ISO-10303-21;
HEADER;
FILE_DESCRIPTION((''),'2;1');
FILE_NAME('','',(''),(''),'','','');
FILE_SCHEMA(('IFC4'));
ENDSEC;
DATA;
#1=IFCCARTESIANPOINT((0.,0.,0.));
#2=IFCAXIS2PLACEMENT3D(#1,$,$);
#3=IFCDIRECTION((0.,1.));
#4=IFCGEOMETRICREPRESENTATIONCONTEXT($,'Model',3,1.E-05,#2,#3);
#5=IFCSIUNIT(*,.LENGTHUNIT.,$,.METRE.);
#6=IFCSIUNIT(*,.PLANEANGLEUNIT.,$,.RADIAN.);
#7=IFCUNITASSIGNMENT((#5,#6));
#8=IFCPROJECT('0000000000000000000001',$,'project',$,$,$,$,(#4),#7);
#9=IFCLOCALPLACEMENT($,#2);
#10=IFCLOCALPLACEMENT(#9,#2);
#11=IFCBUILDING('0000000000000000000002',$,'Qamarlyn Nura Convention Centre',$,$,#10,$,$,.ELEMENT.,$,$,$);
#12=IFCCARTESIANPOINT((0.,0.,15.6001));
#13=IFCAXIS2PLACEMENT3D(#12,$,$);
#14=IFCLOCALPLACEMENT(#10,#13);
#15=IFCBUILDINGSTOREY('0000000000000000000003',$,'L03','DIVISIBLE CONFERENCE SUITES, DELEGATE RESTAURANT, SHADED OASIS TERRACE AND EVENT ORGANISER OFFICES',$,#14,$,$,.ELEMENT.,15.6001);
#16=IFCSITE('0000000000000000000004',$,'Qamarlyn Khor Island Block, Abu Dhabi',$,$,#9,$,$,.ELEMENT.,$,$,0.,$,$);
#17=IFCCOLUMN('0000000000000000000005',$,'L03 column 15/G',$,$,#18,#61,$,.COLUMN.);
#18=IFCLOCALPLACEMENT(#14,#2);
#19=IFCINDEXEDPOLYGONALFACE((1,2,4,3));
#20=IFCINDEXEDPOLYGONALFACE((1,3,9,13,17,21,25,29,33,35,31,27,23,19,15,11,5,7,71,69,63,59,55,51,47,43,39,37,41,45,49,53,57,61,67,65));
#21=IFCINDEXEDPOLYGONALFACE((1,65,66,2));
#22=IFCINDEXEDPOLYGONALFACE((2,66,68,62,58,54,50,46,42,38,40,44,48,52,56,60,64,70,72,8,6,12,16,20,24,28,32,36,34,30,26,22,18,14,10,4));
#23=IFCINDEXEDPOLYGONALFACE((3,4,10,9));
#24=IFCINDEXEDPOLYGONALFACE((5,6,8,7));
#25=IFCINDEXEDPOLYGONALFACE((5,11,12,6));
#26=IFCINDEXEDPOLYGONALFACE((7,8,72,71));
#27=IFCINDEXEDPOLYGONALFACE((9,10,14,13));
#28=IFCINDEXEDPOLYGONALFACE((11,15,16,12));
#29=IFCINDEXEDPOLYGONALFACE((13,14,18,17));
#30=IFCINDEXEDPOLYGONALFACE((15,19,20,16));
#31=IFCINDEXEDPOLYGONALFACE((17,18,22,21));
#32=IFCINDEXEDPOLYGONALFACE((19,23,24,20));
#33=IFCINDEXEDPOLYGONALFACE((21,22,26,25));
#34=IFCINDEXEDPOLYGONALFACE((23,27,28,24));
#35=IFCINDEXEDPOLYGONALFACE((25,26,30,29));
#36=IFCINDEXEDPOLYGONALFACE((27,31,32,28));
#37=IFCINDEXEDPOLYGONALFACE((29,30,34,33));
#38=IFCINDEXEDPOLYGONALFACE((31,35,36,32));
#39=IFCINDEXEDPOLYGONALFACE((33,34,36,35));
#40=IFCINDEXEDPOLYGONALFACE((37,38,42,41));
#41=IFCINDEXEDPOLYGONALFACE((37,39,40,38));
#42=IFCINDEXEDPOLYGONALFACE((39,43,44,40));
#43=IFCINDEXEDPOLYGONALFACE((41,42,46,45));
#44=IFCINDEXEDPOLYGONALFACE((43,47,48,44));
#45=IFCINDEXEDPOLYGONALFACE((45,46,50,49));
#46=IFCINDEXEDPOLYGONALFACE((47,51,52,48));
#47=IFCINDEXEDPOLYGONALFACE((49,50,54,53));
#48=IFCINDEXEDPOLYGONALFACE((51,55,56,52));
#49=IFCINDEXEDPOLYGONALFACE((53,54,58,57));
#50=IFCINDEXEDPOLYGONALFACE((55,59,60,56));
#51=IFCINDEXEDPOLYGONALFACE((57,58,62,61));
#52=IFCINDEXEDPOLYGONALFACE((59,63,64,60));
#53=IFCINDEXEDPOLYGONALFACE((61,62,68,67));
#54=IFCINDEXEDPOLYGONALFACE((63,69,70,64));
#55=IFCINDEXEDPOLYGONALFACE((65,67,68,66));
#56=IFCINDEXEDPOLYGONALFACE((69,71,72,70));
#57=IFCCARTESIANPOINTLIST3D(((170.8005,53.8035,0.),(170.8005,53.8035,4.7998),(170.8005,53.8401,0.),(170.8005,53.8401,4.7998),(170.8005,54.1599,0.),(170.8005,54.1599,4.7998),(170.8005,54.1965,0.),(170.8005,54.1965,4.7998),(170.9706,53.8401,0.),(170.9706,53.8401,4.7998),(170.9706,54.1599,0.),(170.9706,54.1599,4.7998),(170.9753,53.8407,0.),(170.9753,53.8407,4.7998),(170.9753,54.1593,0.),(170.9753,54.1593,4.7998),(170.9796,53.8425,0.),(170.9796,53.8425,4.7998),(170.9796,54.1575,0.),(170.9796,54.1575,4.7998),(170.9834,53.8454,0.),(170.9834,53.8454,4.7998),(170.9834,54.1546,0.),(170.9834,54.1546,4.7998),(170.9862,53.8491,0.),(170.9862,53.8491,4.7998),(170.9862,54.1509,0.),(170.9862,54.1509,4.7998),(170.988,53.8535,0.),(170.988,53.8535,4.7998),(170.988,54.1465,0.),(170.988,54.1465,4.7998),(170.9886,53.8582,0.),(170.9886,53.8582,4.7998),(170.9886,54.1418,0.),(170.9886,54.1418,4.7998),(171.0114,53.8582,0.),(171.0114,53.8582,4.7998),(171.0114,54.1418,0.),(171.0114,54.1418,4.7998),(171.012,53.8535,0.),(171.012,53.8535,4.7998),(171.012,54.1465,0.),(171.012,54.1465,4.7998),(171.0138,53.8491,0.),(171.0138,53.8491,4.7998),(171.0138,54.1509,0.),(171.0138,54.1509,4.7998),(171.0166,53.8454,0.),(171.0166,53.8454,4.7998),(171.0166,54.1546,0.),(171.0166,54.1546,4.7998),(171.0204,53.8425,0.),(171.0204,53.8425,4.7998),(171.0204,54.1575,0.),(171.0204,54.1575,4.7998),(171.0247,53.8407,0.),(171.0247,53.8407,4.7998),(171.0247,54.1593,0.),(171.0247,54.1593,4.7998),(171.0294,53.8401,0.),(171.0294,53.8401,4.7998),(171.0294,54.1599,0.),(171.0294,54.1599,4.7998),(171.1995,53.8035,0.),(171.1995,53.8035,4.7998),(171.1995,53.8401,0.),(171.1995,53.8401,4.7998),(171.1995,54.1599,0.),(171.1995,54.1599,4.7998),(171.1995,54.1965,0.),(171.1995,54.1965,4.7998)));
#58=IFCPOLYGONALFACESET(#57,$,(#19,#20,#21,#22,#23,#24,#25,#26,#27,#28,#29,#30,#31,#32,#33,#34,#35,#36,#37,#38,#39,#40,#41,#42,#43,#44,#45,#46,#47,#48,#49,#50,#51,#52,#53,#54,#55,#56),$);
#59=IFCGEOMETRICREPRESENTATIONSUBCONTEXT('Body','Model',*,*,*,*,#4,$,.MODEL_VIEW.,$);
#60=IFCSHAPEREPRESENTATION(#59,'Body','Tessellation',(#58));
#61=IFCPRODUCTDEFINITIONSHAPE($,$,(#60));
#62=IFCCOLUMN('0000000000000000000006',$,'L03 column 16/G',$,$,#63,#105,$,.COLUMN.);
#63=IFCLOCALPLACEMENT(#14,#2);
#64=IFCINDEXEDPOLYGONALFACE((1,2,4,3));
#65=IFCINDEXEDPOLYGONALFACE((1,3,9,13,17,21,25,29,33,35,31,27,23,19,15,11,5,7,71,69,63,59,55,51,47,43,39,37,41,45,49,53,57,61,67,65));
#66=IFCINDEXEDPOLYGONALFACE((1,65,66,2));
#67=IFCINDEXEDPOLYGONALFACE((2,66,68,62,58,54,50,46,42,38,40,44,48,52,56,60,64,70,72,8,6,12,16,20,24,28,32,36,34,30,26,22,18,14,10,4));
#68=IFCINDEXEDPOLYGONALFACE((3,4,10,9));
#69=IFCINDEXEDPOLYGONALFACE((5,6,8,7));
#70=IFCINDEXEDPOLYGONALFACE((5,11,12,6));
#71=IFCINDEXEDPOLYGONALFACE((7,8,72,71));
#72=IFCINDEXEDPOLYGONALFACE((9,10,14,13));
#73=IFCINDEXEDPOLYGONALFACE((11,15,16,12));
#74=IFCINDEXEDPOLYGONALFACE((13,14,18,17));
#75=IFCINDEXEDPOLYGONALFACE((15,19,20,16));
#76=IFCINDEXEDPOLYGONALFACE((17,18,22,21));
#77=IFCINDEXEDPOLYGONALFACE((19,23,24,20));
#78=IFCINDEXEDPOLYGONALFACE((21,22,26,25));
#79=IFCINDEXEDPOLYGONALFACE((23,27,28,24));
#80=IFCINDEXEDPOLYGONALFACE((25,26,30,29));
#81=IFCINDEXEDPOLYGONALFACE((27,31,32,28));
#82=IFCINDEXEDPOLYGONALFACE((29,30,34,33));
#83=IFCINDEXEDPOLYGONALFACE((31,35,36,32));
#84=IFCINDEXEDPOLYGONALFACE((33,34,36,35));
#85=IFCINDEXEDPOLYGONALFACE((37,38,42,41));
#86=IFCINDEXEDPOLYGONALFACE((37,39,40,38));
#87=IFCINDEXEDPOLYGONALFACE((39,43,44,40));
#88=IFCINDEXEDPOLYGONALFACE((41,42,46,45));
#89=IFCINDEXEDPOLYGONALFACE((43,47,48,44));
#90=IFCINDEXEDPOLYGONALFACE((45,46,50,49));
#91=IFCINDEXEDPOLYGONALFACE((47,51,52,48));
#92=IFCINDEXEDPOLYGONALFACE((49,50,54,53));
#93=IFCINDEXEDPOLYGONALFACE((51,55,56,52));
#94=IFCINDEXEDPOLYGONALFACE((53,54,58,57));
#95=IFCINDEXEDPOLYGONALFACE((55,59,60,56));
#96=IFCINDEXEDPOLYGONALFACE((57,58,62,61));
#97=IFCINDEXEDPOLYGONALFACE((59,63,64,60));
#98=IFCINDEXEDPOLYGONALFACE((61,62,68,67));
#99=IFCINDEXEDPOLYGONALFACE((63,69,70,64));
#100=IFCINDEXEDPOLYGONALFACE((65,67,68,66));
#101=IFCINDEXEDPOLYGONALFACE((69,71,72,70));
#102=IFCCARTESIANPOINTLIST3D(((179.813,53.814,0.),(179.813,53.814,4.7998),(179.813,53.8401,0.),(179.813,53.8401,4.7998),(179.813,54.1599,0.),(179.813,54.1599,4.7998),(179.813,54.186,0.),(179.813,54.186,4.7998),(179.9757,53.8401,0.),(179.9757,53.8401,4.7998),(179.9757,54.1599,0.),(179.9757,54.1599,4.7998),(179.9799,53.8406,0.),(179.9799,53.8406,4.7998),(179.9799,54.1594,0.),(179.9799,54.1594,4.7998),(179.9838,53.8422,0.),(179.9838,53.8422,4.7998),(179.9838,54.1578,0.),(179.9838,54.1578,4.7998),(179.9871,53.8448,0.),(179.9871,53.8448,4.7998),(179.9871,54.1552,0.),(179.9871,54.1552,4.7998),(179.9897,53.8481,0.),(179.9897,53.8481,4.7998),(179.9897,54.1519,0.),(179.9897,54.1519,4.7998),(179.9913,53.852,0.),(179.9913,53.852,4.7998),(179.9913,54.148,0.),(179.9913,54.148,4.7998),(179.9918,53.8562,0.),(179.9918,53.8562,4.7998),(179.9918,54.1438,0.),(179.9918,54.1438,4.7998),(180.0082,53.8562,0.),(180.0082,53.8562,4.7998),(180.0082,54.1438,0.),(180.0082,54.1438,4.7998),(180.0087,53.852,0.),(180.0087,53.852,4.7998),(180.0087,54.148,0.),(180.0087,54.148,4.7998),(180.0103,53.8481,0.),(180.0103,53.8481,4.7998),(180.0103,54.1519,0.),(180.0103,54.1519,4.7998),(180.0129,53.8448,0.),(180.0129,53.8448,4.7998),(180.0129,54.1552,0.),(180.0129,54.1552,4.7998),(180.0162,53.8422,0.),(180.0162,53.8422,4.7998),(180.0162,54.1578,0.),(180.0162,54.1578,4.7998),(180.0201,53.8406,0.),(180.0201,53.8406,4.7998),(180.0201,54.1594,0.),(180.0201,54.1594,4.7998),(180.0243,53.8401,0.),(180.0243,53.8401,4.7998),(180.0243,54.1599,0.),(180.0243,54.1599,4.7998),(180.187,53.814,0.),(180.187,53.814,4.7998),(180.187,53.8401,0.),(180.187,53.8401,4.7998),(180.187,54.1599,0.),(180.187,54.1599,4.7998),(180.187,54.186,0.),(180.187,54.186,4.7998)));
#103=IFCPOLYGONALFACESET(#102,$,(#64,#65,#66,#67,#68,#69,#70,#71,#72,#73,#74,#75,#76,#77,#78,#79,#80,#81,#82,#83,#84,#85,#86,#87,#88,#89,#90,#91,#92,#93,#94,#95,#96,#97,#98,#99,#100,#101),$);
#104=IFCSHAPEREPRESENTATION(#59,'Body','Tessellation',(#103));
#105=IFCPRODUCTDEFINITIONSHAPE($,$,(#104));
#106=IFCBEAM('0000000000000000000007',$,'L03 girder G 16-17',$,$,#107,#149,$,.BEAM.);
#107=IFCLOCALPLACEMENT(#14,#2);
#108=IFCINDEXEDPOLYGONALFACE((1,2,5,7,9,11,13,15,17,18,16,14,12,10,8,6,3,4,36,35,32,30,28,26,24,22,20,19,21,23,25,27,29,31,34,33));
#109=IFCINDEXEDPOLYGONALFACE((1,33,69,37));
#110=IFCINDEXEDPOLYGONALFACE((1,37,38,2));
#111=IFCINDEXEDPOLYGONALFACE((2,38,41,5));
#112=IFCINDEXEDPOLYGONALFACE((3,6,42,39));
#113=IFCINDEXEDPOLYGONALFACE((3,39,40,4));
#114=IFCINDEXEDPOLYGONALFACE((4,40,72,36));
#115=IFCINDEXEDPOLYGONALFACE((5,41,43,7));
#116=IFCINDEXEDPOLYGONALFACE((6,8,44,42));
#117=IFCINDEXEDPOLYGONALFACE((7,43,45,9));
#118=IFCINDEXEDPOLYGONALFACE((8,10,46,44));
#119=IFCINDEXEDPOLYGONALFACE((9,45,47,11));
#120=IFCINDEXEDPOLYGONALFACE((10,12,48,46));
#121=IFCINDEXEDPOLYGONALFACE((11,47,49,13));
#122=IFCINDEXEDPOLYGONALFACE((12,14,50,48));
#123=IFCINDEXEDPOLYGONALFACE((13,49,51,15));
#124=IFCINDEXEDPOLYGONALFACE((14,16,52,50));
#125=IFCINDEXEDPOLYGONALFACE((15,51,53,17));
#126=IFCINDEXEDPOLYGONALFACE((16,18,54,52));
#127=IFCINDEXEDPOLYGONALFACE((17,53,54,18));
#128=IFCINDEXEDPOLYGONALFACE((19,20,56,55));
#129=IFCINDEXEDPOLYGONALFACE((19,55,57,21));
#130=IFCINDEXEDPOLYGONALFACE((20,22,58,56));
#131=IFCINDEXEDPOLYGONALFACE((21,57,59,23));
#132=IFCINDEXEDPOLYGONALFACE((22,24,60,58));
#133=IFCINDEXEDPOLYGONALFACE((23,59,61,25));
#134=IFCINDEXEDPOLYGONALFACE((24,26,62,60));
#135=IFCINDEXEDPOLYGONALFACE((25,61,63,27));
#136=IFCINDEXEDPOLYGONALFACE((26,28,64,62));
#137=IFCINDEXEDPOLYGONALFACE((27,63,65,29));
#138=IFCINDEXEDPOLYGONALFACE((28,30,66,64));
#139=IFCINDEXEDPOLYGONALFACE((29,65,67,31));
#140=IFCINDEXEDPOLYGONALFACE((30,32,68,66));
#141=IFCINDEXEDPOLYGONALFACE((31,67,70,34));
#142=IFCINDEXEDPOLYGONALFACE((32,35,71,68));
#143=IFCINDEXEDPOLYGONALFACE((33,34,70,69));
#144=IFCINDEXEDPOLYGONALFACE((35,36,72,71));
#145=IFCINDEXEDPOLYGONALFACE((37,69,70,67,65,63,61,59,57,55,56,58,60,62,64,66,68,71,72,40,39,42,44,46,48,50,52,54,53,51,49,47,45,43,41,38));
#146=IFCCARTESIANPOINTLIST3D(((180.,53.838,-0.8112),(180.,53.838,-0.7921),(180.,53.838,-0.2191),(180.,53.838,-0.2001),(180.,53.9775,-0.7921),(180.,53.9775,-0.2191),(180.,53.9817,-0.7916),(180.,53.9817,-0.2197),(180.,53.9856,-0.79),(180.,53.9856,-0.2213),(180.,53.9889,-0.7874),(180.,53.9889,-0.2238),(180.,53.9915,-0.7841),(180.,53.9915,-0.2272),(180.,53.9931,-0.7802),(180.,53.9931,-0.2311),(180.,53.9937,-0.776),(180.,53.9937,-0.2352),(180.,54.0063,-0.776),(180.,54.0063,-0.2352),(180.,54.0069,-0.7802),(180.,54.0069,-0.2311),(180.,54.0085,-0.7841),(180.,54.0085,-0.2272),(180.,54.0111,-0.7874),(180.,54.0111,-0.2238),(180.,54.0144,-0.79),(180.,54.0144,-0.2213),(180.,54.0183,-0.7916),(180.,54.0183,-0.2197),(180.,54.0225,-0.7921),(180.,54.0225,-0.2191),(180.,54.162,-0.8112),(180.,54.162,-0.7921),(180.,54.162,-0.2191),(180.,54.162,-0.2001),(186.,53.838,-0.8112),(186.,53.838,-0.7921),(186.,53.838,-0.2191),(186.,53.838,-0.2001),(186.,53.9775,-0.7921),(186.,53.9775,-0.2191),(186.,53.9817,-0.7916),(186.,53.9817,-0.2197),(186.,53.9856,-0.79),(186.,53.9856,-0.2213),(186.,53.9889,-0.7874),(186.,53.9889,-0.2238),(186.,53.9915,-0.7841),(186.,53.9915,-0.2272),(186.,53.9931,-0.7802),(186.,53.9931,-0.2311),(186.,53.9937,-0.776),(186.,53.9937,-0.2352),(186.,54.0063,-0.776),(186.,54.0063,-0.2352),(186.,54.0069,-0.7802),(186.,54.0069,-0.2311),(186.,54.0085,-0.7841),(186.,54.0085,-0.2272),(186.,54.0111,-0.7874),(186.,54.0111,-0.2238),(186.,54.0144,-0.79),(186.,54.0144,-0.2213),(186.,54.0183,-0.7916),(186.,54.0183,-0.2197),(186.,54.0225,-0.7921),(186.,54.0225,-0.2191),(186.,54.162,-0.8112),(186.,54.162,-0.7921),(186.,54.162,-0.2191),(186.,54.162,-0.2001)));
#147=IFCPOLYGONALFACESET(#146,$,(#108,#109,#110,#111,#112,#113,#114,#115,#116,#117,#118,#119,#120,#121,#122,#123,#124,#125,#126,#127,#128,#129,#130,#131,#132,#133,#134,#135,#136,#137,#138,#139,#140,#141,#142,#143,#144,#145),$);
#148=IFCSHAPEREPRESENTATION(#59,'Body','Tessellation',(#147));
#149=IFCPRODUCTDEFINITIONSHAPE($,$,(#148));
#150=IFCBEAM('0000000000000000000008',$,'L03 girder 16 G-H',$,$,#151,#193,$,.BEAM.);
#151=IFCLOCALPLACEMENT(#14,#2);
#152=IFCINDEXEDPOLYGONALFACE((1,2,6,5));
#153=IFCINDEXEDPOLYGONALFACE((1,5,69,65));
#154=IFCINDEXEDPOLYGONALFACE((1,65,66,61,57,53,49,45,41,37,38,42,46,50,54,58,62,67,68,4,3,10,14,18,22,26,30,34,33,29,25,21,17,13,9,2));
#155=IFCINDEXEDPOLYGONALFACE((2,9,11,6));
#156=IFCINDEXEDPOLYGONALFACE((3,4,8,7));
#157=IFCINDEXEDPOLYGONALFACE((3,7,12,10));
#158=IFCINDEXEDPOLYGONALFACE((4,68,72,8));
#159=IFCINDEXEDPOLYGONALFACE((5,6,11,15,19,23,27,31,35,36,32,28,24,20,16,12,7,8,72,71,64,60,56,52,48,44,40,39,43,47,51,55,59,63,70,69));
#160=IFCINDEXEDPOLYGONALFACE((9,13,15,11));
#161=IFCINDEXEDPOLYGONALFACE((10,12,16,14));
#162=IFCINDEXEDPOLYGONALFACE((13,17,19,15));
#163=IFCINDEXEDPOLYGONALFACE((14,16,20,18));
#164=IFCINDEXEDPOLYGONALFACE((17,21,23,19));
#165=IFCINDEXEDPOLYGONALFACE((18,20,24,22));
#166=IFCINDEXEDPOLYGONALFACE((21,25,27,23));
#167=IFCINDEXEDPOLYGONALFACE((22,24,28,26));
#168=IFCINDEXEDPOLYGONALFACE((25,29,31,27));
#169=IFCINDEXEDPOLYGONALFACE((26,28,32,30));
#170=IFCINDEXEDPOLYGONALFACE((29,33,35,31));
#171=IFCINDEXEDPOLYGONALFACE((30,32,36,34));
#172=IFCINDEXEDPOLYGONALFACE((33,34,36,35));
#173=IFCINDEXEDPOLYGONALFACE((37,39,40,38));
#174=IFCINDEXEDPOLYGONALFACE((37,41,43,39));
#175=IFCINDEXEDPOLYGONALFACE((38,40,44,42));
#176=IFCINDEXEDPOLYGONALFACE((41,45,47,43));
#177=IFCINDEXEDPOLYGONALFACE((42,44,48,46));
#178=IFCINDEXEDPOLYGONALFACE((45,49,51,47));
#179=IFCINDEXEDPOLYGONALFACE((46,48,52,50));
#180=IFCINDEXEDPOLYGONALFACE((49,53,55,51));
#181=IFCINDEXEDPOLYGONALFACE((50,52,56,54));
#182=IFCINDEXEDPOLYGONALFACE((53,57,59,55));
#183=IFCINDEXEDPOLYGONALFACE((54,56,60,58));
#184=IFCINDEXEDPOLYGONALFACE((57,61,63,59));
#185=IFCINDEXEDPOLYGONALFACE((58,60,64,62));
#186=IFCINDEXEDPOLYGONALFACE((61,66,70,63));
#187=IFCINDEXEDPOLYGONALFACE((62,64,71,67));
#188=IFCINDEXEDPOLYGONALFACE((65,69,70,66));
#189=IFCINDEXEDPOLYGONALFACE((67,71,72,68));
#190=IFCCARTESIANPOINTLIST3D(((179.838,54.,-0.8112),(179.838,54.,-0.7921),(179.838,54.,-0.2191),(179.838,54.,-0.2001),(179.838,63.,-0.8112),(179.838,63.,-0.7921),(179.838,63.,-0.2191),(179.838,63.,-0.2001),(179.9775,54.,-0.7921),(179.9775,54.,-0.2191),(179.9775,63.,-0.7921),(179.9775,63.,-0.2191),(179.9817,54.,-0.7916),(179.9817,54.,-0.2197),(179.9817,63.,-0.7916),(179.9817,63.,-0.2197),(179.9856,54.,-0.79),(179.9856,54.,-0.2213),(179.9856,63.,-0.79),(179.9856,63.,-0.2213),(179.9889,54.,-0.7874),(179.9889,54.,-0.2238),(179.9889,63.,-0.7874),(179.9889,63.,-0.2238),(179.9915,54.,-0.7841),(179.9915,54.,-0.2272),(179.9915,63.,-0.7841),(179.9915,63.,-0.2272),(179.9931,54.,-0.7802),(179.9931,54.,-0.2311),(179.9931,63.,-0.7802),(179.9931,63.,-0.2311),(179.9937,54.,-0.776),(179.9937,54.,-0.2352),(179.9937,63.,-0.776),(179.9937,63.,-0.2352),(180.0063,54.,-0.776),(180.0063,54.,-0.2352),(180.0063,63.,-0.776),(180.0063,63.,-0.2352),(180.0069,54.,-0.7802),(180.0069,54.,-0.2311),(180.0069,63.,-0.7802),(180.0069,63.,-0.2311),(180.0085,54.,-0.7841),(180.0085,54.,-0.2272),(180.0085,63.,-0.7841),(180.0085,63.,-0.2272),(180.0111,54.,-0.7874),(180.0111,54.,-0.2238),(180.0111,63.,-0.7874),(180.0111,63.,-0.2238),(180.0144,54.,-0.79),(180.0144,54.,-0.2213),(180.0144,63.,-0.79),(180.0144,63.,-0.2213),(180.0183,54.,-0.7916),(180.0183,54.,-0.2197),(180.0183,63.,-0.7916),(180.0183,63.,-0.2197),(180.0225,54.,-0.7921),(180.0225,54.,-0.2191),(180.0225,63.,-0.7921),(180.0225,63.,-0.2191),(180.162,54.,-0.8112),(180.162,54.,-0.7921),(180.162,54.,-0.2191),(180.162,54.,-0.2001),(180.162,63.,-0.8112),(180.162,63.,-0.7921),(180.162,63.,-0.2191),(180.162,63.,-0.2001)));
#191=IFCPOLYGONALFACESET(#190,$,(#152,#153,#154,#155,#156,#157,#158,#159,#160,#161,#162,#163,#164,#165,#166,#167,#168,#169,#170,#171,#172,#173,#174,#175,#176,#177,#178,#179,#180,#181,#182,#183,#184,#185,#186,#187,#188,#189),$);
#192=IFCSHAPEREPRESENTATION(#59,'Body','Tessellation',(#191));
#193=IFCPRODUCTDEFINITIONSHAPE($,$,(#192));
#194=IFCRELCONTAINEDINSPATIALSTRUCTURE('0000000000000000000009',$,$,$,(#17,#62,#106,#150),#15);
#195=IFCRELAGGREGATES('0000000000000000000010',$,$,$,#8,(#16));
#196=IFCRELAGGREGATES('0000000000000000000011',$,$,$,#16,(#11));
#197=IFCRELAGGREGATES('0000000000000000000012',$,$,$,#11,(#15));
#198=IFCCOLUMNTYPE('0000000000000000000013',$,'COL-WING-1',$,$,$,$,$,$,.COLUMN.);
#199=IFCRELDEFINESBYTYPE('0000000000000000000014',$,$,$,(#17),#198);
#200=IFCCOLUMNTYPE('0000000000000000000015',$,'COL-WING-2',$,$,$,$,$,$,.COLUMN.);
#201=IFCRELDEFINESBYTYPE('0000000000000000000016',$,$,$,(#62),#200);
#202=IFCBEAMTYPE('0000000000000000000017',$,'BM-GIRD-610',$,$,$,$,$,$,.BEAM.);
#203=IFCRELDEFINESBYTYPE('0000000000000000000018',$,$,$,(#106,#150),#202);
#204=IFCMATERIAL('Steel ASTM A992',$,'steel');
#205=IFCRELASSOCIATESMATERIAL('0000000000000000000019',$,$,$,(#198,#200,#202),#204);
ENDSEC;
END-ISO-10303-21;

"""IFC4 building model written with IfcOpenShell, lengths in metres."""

from ifc_helpers import new_model, si_unit, direction, frame, origin, origin_2d, place, context, subcontext, project, spatial, i_section, extrude, material, material_profile, profile_set, type_object, element, save


model = new_model("IFC4")

# Units and contexts
model_context = context("Model", 3, precision=1e-05, world=origin(), true_north=direction((0.0, 1.0)))
body_context = subcontext(model_context, "Body", "Model", "MODEL_VIEW")
ifc_project = project(units=[si_unit("LENGTHUNIT", "METRE"), si_unit("PLANEANGLEUNIT", "RADIAN")], contexts=[model_context])

# Site, building, storey
site_placement = place(None, origin())
site = spatial("IfcSite", under=ifc_project, at=site_placement, Name="Qamarlyn Khor Island Block, Abu Dhabi", CompositionType="ELEMENT", RefElevation=0.0)
building_placement = place(site_placement, origin())
building = spatial("IfcBuilding", under=site, at=building_placement, Name="Qamarlyn Nura Convention Centre", CompositionType="ELEMENT")
storey_placement = place(building_placement, frame((0.0, 0.0, 15.6001)))
storey = spatial("IfcBuildingStorey", under=building, at=storey_placement, Name="L03", Description="DIVISIBLE CONFERENCE SUITES, DELEGATE RESTAURANT, SHADED OASIS TERRACE AND EVENT ORGANISER OFFICES", CompositionType="ELEMENT", Elevation=15.6001)

# Columns
ifc_material_1 = material(Name="Steel ASTM A992", Category="steel")
ifc_material_profile_1 = material_profile(ifc_material_1, i_section(OverallWidth=0.3989, OverallDepth=0.3931, WebThickness=0.0227, FlangeThickness=0.0366, FilletRadius=0.0181, at=origin_2d()), Name="W360X287")
ifc_profile_set_1 = profile_set([ifc_material_profile_1], Name="Steel ASTM A992")
column_type_1 = type_object("IfcColumnType", Name="COL-WING-1", PredefinedType="COLUMN", material=ifc_profile_set_1)
column_1_placement = place(storey_placement, frame((171.0, 54.0, 0.0), z_axis=(0.0, 0.0, 1.0), x_axis=(1.0, 0.0, 0.0)))
element("IfcColumn", 1, at=column_1_placement, inside=storey, type_object=column_type_1, Name="L03 column 15/G", PredefinedType="COLUMN", context=body_context, shape_type="SweptSolid", body=[
    extrude(i_section(OverallWidth=0.3989, OverallDepth=0.3931, WebThickness=0.0227, FlangeThickness=0.0366, FilletRadius=0.0181, at=origin_2d()), origin(), (0.0, 0.0, 1.0), 4.7998),
])
ifc_material_profile_2 = material_profile(ifc_material_1, i_section(OverallWidth=0.374, OverallDepth=0.3721, WebThickness=0.0164, FlangeThickness=0.0261, FilletRadius=0.0161, at=origin_2d()), Name="W360X196")
ifc_profile_set_2 = profile_set([ifc_material_profile_2], Name="Steel ASTM A992")
column_type_2 = type_object("IfcColumnType", Name="COL-WING-2", PredefinedType="COLUMN", material=ifc_profile_set_2)
column_2_placement = place(storey_placement, frame((180.0, 54.0, 0.0), z_axis=(0.0, 0.0, 1.0), x_axis=(1.0, 0.0, 0.0)))
element("IfcColumn", 2, at=column_2_placement, inside=storey, type_object=column_type_2, Name="L03 column 16/G", PredefinedType="COLUMN", context=body_context, shape_type="SweptSolid", body=[
    extrude(i_section(OverallWidth=0.374, OverallDepth=0.3721, WebThickness=0.0164, FlangeThickness=0.0261, FilletRadius=0.0161, at=origin_2d()), origin(), (0.0, 0.0, 1.0), 4.7998),
])

# Beams
ifc_material_profile_3 = material_profile(ifc_material_1, i_section(OverallWidth=0.324, OverallDepth=0.6111, WebThickness=0.0127, FlangeThickness=0.019, FilletRadius=0.0161, at=origin_2d()), Name="W610X155")
ifc_profile_set_3 = profile_set([ifc_material_profile_3], Name="Steel ASTM A992")
beam_type_1 = type_object("IfcBeamType", Name="BM-GIRD-610", PredefinedType="BEAM", material=ifc_profile_set_3)
beam_1_placement = place(storey_placement, frame((180.0, 54.0, -0.5056), z_axis=(1.0, 0.0, 0.0), x_axis=(0.0, 1.0, 0.0)))
element("IfcBeam", 3, at=beam_1_placement, inside=storey, type_object=beam_type_1, Name="L03 girder G 16-17", PredefinedType="BEAM", context=body_context, shape_type="SweptSolid", body=[
    extrude(i_section(OverallWidth=0.324, OverallDepth=0.6111, WebThickness=0.0127, FlangeThickness=0.019, FilletRadius=0.0161, at=origin_2d()), origin(), (0.0, 0.0, 1.0), 6.0),
])
beam_2_placement = place(storey_placement, frame((180.0, 54.0, -0.5056), z_axis=(0.0, 1.0, 0.0), x_axis=(-1.0, 0.0, 0.0)))
element("IfcBeam", 4, at=beam_2_placement, inside=storey, type_object=beam_type_1, Name="L03 girder 16 G-H", PredefinedType="BEAM", context=body_context, shape_type="SweptSolid", body=[
    extrude(i_section(OverallWidth=0.324, OverallDepth=0.6111, WebThickness=0.0127, FlangeThickness=0.019, FilletRadius=0.0161, at=origin_2d()), origin(), (0.0, 0.0, 1.0), 9.0),
])

save(model, "model.ifc")
